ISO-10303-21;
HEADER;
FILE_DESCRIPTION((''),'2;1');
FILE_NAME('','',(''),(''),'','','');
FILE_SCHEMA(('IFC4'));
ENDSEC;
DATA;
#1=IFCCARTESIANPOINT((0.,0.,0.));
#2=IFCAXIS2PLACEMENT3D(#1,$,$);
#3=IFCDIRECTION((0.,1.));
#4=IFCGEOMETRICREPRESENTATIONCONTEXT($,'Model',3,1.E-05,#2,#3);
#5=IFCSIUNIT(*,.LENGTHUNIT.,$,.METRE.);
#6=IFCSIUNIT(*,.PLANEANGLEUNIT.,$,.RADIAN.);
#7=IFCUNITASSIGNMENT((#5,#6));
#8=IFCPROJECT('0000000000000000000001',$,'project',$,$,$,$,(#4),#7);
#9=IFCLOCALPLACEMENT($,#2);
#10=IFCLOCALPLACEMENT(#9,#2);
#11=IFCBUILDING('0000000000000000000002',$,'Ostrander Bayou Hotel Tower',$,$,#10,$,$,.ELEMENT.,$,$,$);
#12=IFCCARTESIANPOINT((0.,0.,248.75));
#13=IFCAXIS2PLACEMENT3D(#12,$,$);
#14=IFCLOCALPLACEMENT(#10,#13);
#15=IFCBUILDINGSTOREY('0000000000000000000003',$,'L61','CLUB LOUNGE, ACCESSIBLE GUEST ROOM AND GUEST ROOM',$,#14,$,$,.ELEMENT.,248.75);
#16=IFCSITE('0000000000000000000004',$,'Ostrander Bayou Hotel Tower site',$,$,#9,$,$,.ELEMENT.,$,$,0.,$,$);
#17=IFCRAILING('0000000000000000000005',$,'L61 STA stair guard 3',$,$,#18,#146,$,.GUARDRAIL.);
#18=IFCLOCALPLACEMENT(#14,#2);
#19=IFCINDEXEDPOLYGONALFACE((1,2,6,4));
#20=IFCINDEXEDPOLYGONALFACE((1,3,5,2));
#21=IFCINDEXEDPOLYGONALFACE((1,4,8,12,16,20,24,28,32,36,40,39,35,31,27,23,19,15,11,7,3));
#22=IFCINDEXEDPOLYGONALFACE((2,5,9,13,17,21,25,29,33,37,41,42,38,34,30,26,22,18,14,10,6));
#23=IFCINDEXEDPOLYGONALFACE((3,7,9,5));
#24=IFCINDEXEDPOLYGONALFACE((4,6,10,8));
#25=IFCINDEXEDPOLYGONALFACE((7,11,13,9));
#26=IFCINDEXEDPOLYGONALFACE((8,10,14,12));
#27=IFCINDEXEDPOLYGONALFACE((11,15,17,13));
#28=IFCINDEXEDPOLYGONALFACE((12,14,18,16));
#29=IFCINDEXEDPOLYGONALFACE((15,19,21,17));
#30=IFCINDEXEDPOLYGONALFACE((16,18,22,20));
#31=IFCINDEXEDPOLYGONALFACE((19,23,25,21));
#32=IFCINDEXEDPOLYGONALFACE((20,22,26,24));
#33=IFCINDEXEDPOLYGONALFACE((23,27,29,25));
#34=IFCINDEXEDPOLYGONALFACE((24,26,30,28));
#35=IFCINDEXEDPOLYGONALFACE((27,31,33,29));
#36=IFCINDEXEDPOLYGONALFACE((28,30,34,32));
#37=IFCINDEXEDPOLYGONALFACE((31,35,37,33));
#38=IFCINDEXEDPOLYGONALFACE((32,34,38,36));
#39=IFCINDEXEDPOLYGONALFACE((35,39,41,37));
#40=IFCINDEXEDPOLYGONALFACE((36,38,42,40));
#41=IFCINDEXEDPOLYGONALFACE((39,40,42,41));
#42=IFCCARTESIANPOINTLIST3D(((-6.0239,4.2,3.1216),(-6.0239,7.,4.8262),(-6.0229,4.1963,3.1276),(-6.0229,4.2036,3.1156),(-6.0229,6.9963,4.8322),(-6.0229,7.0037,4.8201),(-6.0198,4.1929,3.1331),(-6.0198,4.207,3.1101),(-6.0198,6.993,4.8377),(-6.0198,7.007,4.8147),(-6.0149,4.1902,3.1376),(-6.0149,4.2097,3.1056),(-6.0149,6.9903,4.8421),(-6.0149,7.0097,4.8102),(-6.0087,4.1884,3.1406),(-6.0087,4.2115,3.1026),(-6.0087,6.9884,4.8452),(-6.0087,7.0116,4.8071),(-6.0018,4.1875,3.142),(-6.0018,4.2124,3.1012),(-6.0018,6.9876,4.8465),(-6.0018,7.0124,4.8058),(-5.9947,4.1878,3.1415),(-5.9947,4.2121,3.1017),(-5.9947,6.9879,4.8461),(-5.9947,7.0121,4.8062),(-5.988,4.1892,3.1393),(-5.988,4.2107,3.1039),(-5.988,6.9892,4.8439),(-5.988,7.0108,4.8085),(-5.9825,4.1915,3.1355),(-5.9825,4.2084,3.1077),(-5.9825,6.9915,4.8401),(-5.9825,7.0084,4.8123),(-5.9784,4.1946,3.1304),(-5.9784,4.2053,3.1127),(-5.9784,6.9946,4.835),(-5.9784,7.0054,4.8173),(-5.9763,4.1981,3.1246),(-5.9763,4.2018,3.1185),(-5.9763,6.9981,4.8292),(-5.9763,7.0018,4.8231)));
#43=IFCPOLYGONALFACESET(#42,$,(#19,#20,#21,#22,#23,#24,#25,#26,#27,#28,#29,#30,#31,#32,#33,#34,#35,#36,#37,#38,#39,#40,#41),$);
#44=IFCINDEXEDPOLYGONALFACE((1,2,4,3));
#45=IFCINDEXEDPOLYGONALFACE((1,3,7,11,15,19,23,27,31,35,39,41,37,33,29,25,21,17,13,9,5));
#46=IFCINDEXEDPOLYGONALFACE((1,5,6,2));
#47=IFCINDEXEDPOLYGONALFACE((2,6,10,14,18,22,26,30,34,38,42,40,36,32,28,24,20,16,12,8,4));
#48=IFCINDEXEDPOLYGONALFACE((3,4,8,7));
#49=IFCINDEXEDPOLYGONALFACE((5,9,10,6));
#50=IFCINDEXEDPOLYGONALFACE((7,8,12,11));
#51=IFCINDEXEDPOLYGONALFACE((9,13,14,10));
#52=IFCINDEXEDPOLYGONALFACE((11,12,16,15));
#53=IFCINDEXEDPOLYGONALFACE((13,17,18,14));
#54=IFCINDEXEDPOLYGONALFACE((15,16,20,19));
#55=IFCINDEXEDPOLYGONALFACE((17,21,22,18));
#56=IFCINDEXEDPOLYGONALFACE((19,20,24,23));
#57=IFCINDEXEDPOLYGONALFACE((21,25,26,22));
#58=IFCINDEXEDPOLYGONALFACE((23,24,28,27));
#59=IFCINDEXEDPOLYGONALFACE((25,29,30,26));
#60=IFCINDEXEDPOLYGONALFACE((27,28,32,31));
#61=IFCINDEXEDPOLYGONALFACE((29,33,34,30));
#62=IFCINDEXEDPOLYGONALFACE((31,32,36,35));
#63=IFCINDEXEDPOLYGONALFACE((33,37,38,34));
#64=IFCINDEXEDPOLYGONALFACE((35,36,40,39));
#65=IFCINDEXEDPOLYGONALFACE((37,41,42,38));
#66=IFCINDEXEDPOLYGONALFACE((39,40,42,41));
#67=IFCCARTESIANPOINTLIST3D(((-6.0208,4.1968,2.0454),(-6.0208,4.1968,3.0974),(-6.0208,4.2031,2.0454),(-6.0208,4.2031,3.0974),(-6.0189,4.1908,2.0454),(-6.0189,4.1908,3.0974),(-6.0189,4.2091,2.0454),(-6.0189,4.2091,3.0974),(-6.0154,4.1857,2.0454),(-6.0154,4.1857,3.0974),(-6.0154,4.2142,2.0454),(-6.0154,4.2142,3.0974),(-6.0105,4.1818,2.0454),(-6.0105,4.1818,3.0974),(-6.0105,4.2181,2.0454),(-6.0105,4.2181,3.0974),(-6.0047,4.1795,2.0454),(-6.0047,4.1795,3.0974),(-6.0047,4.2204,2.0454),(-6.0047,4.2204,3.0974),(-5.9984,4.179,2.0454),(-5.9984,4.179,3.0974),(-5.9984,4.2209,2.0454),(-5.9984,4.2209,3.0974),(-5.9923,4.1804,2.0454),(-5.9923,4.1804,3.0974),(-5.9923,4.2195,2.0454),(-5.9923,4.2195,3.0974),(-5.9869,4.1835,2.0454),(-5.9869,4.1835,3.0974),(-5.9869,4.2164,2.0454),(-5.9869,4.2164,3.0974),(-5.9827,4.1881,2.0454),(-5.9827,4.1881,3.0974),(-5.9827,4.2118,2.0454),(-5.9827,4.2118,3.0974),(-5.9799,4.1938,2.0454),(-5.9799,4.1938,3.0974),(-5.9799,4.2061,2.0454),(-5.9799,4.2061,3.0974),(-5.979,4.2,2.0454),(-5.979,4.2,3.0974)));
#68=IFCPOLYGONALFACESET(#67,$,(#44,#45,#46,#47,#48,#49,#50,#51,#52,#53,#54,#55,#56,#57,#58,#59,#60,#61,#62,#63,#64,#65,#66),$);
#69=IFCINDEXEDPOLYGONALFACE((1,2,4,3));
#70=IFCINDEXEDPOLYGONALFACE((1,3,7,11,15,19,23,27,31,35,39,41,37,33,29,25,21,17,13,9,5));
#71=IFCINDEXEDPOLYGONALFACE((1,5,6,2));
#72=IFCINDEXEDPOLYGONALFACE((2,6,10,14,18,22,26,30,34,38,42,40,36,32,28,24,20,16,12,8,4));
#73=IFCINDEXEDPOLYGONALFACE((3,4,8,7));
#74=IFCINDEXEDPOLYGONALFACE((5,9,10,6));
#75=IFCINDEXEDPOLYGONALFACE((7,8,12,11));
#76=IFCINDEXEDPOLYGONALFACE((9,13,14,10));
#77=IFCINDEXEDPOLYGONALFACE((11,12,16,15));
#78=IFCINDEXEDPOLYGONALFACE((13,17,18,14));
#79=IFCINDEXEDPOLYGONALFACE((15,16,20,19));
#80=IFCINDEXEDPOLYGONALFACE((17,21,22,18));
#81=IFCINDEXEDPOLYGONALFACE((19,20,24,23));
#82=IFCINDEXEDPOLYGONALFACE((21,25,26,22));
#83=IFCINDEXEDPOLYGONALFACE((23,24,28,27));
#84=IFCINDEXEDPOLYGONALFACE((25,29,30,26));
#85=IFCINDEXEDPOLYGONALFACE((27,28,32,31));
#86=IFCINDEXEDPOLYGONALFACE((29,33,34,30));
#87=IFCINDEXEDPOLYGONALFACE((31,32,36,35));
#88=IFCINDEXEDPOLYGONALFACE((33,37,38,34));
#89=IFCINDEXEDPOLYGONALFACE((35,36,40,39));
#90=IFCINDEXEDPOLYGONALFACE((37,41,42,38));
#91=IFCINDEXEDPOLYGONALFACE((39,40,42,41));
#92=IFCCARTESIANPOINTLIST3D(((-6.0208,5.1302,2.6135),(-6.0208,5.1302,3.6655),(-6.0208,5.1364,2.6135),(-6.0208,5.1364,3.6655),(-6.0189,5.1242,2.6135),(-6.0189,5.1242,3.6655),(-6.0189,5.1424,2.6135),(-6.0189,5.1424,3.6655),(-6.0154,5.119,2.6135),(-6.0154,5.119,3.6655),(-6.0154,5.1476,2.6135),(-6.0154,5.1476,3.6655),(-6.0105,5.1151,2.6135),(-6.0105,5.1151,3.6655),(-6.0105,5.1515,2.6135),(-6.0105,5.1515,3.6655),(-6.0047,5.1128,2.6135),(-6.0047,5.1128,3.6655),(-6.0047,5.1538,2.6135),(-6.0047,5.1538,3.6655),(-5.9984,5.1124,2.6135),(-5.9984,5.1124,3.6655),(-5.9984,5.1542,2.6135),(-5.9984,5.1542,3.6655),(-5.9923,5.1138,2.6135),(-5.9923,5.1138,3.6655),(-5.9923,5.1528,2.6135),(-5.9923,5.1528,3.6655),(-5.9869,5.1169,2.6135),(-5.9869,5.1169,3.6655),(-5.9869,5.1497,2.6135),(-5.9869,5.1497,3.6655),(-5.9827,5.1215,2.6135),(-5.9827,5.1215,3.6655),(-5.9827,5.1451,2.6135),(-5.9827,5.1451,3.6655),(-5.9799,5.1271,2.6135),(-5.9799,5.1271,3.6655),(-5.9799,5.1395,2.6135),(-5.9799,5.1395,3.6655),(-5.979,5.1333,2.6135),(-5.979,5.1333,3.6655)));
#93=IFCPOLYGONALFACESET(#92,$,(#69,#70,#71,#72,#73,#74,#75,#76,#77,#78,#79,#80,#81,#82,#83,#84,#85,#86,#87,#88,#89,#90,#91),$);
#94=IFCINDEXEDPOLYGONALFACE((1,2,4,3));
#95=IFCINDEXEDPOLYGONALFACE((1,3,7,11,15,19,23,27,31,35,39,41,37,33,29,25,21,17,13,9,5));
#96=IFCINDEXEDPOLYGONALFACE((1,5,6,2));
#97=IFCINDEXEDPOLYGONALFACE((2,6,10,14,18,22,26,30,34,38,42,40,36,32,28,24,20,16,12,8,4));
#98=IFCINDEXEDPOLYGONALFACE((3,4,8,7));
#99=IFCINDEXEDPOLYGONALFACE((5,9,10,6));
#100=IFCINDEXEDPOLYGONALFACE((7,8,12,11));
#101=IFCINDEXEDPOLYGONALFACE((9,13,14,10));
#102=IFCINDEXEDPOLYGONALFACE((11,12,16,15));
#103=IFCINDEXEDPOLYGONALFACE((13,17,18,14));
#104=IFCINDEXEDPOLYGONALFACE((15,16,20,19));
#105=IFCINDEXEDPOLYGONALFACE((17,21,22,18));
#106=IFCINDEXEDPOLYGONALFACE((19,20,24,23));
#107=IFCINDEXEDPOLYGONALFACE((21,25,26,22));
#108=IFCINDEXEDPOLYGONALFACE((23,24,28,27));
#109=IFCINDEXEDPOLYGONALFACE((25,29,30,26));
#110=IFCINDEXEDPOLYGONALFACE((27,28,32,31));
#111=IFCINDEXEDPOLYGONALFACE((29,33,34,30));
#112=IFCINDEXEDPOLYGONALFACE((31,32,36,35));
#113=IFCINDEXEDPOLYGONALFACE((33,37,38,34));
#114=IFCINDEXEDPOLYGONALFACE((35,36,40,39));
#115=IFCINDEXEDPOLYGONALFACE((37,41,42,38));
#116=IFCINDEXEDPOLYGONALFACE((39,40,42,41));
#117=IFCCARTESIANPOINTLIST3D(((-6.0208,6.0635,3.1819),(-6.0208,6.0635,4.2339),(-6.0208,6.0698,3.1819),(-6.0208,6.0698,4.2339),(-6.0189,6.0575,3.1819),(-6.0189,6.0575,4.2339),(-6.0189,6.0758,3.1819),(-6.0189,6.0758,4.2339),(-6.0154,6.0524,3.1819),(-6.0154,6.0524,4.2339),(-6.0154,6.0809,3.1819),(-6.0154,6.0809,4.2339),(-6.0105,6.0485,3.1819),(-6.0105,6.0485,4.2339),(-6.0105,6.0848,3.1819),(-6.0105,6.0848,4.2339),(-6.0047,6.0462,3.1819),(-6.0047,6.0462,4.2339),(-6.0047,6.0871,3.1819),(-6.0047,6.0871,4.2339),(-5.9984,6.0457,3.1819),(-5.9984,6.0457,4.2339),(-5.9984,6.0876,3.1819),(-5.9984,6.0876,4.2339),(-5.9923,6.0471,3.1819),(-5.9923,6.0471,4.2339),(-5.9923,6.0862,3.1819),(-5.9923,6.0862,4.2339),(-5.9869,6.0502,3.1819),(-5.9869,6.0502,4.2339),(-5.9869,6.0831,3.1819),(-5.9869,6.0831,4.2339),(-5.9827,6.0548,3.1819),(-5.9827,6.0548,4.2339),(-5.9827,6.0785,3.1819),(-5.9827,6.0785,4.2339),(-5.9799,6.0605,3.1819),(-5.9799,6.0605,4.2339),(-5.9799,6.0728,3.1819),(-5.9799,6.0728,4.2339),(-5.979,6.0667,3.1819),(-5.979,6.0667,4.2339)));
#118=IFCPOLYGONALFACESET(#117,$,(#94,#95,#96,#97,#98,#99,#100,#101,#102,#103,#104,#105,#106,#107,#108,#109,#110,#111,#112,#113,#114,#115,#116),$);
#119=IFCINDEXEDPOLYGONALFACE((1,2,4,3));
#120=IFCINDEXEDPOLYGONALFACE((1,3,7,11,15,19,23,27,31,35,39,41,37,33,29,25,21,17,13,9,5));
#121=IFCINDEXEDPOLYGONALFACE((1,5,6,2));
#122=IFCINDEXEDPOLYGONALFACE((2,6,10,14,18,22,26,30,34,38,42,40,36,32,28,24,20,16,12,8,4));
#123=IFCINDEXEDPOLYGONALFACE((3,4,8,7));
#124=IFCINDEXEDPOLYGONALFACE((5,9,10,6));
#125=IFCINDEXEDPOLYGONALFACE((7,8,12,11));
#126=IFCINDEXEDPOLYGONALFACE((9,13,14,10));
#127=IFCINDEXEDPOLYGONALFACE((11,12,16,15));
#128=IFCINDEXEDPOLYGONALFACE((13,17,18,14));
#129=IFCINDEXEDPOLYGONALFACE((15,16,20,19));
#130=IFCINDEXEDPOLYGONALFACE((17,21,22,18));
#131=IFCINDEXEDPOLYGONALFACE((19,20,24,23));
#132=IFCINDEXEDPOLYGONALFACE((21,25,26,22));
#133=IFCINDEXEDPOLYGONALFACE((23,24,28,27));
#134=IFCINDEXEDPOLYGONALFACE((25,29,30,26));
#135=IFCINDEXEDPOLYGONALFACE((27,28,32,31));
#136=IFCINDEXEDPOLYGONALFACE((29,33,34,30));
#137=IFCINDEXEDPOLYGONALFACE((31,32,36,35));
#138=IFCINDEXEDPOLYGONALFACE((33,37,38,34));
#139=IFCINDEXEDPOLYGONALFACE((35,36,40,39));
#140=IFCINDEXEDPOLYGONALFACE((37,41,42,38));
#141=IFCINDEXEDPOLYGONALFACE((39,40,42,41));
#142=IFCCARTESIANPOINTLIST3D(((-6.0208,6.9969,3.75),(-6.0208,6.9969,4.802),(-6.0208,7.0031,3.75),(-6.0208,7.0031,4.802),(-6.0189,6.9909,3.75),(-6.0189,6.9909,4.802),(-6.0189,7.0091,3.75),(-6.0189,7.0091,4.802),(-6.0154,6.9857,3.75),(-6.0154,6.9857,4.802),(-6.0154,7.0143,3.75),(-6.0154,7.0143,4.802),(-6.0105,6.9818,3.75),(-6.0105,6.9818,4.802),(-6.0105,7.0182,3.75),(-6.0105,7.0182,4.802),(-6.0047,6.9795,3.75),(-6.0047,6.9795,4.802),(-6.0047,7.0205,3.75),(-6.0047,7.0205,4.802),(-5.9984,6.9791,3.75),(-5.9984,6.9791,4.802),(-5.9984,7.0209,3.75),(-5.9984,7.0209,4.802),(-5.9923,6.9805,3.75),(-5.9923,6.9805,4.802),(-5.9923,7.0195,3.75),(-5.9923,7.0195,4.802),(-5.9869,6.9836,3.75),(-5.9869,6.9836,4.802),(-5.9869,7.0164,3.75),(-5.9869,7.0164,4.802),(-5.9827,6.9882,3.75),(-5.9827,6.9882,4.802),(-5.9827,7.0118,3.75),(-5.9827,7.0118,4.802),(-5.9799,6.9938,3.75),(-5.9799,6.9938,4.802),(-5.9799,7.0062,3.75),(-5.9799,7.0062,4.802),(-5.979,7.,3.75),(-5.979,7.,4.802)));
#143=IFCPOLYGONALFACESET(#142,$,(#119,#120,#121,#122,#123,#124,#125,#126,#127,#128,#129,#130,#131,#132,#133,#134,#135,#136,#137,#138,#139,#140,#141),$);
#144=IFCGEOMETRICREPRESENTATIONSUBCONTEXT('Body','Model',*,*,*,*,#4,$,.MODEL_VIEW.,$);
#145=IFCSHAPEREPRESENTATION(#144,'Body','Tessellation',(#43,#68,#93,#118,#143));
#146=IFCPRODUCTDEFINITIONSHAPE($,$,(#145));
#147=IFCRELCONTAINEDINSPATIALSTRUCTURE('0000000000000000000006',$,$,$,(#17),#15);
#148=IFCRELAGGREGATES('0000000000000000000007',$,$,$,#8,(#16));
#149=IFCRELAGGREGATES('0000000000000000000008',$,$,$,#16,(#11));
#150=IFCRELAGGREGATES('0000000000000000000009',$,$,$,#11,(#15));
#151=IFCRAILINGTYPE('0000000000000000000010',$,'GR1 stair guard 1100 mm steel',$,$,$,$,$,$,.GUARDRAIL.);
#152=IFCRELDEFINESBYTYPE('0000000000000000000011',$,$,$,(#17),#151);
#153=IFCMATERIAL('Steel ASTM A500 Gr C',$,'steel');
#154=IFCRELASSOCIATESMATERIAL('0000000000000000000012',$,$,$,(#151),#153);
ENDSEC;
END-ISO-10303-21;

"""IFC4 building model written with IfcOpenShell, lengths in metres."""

from ifc_helpers import new_model, si_unit, direction, frame, origin, origin_2d, place, context, subcontext, project, spatial, circle, extrude, material, type_object, element, save


model = new_model("IFC4")

# Units and contexts
model_context = context("Model", 3, precision=1e-05, world=origin(), true_north=direction((0.0, 1.0)))
body_context = subcontext(model_context, "Body", "Model", "MODEL_VIEW")
ifc_project = project(units=[si_unit("LENGTHUNIT", "METRE"), si_unit("PLANEANGLEUNIT", "RADIAN")], contexts=[model_context])

# Site, building, storey
site_placement = place(None, origin())
site = spatial("IfcSite", under=ifc_project, at=site_placement, Name="Ostrander Bayou Hotel Tower site", CompositionType="ELEMENT", RefElevation=0.0)
building_placement = place(site_placement, origin())
building = spatial("IfcBuilding", under=site, at=building_placement, Name="Ostrander Bayou Hotel Tower", CompositionType="ELEMENT")
storey_placement = place(building_placement, frame((0.0, 0.0, 248.75)))
storey = spatial("IfcBuildingStorey", under=building, at=storey_placement, Name="L61", Description="CLUB LOUNGE, ACCESSIBLE GUEST ROOM AND GUEST ROOM", CompositionType="ELEMENT", Elevation=248.75)

# Railing
ifc_material_1 = material(Name="Steel ASTM A500 Gr C", Category="steel")
railing_type_1 = type_object("IfcRailingType", Name="GR1 stair guard 1100 mm steel", PredefinedType="GUARDRAIL", material=ifc_material_1)
railing_1_placement = place(storey_placement, frame((-6.0, 4.2, 2.0454)))
element("IfcRailing", 1, at=railing_1_placement, inside=storey, type_object=railing_type_1, Name="L61 STA stair guard 3", PredefinedType="GUARDRAIL", context=body_context, shape_type="SweptSolid", body=[
    extrude(circle(Radius=0.0239, at=origin_2d()), frame((0.0, 0.0, 1.0762), z_axis=(0.0, 0.85417, 0.519994), x_axis=(-1.0, 0.0, 0.0)), (0.0, 0.0, 1.0), 3.2781),
    extrude(circle(Radius=0.021, at=origin_2d()), origin(), (0.0, 0.0, 1.0), 1.052),
    extrude(circle(Radius=0.021, at=origin_2d()), frame((0.0, 0.9333, 0.5681)), (0.0, 0.0, 1.0), 1.052),
    extrude(circle(Radius=0.021, at=origin_2d()), frame((0.0, 1.8667, 1.1365)), (0.0, 0.0, 1.0), 1.052),
    extrude(circle(Radius=0.021, at=origin_2d()), frame((0.0, 2.8, 1.7046)), (0.0, 0.0, 1.0), 1.052),
])

save(model, "model.ifc")
